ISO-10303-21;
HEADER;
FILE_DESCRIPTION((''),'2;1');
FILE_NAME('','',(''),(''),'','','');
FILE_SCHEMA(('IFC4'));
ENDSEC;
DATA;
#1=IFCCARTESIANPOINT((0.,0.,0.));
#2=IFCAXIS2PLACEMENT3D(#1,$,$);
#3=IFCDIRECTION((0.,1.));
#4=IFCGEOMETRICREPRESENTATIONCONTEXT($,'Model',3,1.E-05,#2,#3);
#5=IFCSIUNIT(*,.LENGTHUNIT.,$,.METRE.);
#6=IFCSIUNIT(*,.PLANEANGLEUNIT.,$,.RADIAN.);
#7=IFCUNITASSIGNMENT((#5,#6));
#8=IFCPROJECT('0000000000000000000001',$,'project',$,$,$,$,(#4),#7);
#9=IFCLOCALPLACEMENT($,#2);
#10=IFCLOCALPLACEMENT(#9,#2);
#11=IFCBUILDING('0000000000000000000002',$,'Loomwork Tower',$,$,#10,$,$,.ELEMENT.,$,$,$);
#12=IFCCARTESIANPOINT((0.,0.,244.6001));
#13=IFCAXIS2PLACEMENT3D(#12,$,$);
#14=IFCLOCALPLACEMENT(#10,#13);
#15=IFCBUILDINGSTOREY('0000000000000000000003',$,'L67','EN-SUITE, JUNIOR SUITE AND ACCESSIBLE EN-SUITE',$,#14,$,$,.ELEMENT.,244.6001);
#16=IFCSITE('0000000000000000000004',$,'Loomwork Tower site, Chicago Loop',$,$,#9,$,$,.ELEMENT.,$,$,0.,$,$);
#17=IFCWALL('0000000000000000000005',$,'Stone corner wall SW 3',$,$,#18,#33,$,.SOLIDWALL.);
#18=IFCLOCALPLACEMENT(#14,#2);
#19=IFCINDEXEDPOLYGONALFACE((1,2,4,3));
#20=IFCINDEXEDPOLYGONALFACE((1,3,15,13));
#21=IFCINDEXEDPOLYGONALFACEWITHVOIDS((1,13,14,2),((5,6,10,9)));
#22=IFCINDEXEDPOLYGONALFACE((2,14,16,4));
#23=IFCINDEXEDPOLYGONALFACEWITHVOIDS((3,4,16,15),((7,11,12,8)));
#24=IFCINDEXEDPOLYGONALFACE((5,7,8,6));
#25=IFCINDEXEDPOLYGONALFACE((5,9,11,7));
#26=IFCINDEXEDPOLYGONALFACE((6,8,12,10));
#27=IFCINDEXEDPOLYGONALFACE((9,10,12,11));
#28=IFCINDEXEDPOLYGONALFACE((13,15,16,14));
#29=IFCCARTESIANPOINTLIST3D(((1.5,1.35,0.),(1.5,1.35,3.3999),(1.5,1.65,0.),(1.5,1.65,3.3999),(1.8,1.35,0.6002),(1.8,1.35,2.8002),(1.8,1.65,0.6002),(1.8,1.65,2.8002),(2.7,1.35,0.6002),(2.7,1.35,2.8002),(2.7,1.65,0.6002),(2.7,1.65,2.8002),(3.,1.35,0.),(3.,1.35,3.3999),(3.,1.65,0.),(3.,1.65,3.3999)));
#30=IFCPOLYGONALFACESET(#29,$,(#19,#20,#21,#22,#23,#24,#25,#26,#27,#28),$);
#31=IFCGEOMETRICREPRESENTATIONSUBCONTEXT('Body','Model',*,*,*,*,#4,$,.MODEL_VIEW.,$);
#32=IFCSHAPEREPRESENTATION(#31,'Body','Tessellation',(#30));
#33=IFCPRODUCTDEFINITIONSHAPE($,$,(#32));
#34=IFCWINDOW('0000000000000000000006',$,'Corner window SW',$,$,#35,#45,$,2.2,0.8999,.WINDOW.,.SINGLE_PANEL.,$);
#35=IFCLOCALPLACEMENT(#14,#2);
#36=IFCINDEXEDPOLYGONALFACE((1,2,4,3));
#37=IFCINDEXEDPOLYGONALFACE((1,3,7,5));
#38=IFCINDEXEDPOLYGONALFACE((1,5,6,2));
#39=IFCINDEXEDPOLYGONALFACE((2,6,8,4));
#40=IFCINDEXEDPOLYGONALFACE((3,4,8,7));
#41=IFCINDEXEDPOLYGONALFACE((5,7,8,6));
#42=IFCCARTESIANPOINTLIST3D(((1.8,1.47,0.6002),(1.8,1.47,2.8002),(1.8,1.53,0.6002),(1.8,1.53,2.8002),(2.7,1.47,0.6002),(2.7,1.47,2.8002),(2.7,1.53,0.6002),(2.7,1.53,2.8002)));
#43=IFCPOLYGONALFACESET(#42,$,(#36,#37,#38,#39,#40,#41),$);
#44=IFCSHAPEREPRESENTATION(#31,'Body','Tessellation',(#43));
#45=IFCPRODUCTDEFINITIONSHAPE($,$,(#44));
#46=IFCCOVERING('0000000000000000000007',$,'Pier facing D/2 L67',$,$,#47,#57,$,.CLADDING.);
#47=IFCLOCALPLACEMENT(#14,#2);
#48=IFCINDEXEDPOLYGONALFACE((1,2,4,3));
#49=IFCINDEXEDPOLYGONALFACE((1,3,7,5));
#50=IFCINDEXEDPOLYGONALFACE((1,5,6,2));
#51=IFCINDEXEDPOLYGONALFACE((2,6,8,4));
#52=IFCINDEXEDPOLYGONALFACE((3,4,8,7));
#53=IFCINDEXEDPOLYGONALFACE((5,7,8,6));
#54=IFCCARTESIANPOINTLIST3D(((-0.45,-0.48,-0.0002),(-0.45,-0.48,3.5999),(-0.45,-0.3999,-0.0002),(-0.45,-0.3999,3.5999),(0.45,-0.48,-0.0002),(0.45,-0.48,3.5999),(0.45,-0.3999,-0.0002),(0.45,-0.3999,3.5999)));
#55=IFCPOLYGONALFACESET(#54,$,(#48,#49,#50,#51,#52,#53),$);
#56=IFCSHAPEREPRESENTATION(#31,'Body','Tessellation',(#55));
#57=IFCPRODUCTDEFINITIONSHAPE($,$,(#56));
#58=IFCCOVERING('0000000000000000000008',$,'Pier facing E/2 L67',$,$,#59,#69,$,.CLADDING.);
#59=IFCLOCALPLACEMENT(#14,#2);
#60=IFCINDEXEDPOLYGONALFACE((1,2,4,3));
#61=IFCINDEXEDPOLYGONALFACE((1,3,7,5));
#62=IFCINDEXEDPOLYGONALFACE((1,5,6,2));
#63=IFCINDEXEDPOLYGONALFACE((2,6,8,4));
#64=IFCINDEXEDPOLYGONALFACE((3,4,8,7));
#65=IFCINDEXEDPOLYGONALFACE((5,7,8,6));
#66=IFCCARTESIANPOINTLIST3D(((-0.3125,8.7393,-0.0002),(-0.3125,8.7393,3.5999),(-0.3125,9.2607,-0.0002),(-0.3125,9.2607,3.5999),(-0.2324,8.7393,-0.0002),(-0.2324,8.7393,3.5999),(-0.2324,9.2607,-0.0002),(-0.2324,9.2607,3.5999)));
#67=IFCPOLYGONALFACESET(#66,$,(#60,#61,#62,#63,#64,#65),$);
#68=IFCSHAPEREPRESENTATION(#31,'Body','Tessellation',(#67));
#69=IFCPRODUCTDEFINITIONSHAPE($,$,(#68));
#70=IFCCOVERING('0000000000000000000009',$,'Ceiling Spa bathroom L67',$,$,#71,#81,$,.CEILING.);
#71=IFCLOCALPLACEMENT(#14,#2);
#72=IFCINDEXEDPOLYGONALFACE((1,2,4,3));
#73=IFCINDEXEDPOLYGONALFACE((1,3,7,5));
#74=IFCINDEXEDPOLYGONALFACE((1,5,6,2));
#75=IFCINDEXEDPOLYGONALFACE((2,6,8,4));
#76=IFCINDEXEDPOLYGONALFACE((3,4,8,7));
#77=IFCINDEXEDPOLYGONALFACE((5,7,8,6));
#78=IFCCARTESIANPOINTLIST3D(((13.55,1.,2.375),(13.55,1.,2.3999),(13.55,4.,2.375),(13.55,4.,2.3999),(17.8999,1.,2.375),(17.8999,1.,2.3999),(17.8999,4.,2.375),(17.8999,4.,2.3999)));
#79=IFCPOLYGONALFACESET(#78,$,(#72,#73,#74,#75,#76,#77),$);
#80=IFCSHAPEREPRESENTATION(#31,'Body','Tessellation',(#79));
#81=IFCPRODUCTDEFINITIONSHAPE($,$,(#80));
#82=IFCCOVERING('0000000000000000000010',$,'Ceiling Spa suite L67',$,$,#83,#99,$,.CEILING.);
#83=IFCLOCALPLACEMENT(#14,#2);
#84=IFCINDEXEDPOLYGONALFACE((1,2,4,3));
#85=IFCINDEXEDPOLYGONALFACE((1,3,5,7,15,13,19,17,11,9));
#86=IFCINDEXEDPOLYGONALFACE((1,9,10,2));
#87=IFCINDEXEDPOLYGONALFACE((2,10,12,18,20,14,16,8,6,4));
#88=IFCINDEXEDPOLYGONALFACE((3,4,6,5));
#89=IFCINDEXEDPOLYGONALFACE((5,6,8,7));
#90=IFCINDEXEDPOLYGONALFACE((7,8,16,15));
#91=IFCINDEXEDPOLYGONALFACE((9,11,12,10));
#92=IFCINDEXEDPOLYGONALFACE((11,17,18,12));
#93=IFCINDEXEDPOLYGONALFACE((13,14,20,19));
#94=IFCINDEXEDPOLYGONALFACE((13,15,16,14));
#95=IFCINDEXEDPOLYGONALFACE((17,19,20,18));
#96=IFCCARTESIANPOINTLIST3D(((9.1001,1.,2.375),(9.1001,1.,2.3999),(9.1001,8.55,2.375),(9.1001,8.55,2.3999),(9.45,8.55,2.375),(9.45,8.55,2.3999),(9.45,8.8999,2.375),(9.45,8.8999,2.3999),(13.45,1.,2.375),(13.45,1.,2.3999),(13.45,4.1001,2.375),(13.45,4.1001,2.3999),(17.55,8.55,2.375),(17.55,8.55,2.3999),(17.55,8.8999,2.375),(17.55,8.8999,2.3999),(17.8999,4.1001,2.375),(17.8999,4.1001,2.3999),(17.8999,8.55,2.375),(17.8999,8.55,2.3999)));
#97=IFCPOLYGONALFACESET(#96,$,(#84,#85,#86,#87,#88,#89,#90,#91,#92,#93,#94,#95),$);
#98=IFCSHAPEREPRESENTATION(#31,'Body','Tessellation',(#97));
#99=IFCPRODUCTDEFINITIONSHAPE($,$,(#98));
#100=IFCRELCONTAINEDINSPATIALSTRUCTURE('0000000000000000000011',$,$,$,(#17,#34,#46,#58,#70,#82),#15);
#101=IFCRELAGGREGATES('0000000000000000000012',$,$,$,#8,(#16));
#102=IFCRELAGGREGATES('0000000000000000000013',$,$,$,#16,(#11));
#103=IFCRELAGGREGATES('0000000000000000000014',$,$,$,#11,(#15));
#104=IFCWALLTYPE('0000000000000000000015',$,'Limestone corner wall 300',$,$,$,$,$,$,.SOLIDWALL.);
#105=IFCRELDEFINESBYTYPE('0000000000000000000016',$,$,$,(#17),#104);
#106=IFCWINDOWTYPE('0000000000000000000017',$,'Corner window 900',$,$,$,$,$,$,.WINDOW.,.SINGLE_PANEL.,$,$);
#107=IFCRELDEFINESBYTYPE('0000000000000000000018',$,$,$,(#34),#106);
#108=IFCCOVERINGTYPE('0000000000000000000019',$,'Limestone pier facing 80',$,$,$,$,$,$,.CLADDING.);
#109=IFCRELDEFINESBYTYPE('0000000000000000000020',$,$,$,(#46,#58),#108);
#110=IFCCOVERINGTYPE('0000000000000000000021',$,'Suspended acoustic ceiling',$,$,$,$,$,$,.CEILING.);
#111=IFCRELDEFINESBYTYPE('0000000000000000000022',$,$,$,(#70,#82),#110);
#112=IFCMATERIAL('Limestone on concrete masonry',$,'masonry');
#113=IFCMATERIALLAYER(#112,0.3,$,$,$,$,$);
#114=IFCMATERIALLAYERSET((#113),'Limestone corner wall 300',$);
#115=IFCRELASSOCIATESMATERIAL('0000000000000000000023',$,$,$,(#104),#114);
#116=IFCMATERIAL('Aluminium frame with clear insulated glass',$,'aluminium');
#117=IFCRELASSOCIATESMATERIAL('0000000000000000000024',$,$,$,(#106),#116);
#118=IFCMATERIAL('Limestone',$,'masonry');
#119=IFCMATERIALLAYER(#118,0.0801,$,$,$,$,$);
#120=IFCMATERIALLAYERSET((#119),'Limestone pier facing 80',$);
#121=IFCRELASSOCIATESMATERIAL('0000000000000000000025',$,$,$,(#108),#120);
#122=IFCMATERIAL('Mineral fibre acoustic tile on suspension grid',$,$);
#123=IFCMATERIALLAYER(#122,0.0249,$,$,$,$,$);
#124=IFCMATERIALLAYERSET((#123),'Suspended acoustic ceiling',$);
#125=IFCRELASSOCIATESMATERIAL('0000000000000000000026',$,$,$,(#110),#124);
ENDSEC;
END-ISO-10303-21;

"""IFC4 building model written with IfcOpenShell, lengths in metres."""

from ifc_helpers import new_model, si_unit, direction, frame, frame_2d, origin, origin_2d, place, context, subcontext, project, spatial, polyline, rectangle, outline, extrude, material, layer, layer_set, type_object, element, fill, save


model = new_model("IFC4")

# Units and contexts
model_context = context("Model", 3, precision=1e-05, world=origin(), true_north=direction((0.0, 1.0)))
body_context = subcontext(model_context, "Body", "Model", "MODEL_VIEW")
ifc_project = project(units=[si_unit("LENGTHUNIT", "METRE"), si_unit("PLANEANGLEUNIT", "RADIAN")], contexts=[model_context])

# Site, building, storey
site_placement = place(None, origin())
site = spatial("IfcSite", under=ifc_project, at=site_placement, Name="Loomwork Tower site, Chicago Loop", CompositionType="ELEMENT", RefElevation=0.0)
building_placement = place(site_placement, origin())
building = spatial("IfcBuilding", under=site, at=building_placement, Name="Loomwork Tower", CompositionType="ELEMENT")
storey_placement = place(building_placement, frame((0.0, 0.0, 244.6001)))
storey = spatial("IfcBuildingStorey", under=building, at=storey_placement, Name="L67", Description="EN-SUITE, JUNIOR SUITE AND ACCESSIBLE EN-SUITE", CompositionType="ELEMENT", Elevation=244.6001)

# Shared definitions
ifc_material_1 = material(Name="Limestone on concrete masonry", Category="masonry")
ifc_layer_1 = layer(ifc_material_1, 0.3)
ifc_layer_set_1 = layer_set([ifc_layer_1], Name="Limestone corner wall 300")
wall_type_1 = type_object("IfcWallType", Name="Limestone corner wall 300", PredefinedType="SOLIDWALL", material=ifc_layer_set_1)

# Wall, opening, window
wall_1_placement = place(storey_placement, frame((1.5, 1.5, 0.0), z_axis=(0.0, 0.0, 1.0), x_axis=(1.0, 0.0, 0.0)))
wall_1 = element("IfcWall", 1, at=wall_1_placement, inside=storey, type_object=wall_type_1, Name="Stone corner wall SW 3", PredefinedType="SOLIDWALL", context=body_context, shape_type="SweptSolid", body=[
    extrude(rectangle(XDim=1.5, YDim=0.3, at=frame_2d((0.75, 0.0))), origin(), (0.0, 0.0, 1.0), 3.3999),
])
opening_placement = place(wall_1_placement, frame((0.3, 0.0, 0.6001)))
opening = element("IfcOpeningElement", 2, at=opening_placement, cuts=wall_1, PredefinedType="OPENING", context=body_context, shape_type="SweptSolid", body=[
    extrude(rectangle(XDim=0.8999, YDim=2.2, at=frame_2d((0.45, 1.1001))), frame((0.0, 0.1599, 0.0), z_axis=(0.0, -1.0, 0.0), x_axis=(1.0, 0.0, 0.0)), (0.0, 0.0, 1.0), 0.3201),
])
ifc_material_2 = material(Name="Aluminium frame with clear insulated glass", Category="aluminium")
window_type = type_object("IfcWindowType", Name="Corner window 900", PartitioningType="SINGLE_PANEL", PredefinedType="WINDOW", material=ifc_material_2)
window_placement = place(opening_placement, origin())
window = element("IfcWindow", 3, at=window_placement, inside=storey, type_object=window_type, Name="Corner window SW", OverallHeight=2.2, OverallWidth=0.8999, PartitioningType="SINGLE_PANEL", PredefinedType="WINDOW", context=body_context, shape_type="SweptSolid", body=[
    extrude(rectangle(XDim=0.8999, YDim=2.2, at=frame_2d((0.45, 1.1001))), frame((0.0, 0.03, 0.0), z_axis=(0.0, -1.0, 0.0), x_axis=(1.0, 0.0, 0.0)), (0.0, 0.0, 1.0), 0.0601),
])
fill(opening, window)

# Coverings
ifc_material_3 = material(Name="Limestone", Category="masonry")
ifc_layer_2 = layer(ifc_material_3, 0.0801)
ifc_layer_set_2 = layer_set([ifc_layer_2], Name="Limestone pier facing 80")
covering_type_1 = type_object("IfcCoveringType", Name="Limestone pier facing 80", PredefinedType="CLADDING", material=ifc_layer_set_2)
covering_1_placement = place(storey_placement, frame((0.0, -0.4399, -0.0002), z_axis=(0.0, 0.0, 1.0), x_axis=(1.0, 0.0, 0.0)))
element("IfcCovering", 4, at=covering_1_placement, inside=storey, type_object=covering_type_1, Name="Pier facing D/2 L67", PredefinedType="CLADDING", context=body_context, shape_type="SweptSolid", body=[
    extrude(rectangle(XDim=0.8999, YDim=0.0801, at=origin_2d()), origin(), (0.0, 0.0, 1.0), 3.6001),
])
covering_2_placement = place(storey_placement, frame((-0.2725, 9.0, -0.0002), z_axis=(0.0, 0.0, 1.0), x_axis=(1.0, 0.0, 0.0)))
element("IfcCovering", 5, at=covering_2_placement, inside=storey, type_object=covering_type_1, Name="Pier facing E/2 L67", PredefinedType="CLADDING", context=body_context, shape_type="SweptSolid", body=[
    extrude(rectangle(XDim=0.0801, YDim=0.5215, at=origin_2d()), origin(), (0.0, 0.0, 1.0), 3.6001),
])
ifc_material_4 = material(Name="Mineral fibre acoustic tile on suspension grid")
ifc_layer_3 = layer(ifc_material_4, 0.0249)
ifc_layer_set_3 = layer_set([ifc_layer_3], Name="Suspended acoustic ceiling")
covering_type_2 = type_object("IfcCoveringType", Name="Suspended acoustic ceiling", PredefinedType="CEILING", material=ifc_layer_set_3)
covering_3_placement = place(storey_placement, frame((0.0, 0.0, 2.375)))
element("IfcCovering", 6, at=covering_3_placement, inside=storey, type_object=covering_type_2, Name="Ceiling Spa bathroom L67", PredefinedType="CEILING", context=body_context, shape_type="SweptSolid", body=[
    extrude(outline(polyline([(17.8999, 4.0), (17.8999, 1.0), (13.55, 1.0), (13.55, 4.0), (17.8999, 4.0)])), origin(), (0.0, 0.0, 1.0), 0.0249),
])
covering_4_placement = place(storey_placement, frame((0.0, 0.0, 2.375)))
element("IfcCovering", 7, at=covering_4_placement, inside=storey, type_object=covering_type_2, Name="Ceiling Spa suite L67", PredefinedType="CEILING", context=body_context, shape_type="SweptSolid", body=[
    extrude(outline(polyline([(17.55, 8.8999), (17.55, 8.55), (17.8999, 8.55), (17.8999, 4.1001), (13.45, 4.1001), (13.45, 1.0), (9.1001, 1.0), (9.1001, 8.55), (9.45, 8.55), (9.45, 8.8999), (17.55, 8.8999)])), origin(), (0.0, 0.0, 1.0), 0.0249),
])

save(model, "model.ifc")
